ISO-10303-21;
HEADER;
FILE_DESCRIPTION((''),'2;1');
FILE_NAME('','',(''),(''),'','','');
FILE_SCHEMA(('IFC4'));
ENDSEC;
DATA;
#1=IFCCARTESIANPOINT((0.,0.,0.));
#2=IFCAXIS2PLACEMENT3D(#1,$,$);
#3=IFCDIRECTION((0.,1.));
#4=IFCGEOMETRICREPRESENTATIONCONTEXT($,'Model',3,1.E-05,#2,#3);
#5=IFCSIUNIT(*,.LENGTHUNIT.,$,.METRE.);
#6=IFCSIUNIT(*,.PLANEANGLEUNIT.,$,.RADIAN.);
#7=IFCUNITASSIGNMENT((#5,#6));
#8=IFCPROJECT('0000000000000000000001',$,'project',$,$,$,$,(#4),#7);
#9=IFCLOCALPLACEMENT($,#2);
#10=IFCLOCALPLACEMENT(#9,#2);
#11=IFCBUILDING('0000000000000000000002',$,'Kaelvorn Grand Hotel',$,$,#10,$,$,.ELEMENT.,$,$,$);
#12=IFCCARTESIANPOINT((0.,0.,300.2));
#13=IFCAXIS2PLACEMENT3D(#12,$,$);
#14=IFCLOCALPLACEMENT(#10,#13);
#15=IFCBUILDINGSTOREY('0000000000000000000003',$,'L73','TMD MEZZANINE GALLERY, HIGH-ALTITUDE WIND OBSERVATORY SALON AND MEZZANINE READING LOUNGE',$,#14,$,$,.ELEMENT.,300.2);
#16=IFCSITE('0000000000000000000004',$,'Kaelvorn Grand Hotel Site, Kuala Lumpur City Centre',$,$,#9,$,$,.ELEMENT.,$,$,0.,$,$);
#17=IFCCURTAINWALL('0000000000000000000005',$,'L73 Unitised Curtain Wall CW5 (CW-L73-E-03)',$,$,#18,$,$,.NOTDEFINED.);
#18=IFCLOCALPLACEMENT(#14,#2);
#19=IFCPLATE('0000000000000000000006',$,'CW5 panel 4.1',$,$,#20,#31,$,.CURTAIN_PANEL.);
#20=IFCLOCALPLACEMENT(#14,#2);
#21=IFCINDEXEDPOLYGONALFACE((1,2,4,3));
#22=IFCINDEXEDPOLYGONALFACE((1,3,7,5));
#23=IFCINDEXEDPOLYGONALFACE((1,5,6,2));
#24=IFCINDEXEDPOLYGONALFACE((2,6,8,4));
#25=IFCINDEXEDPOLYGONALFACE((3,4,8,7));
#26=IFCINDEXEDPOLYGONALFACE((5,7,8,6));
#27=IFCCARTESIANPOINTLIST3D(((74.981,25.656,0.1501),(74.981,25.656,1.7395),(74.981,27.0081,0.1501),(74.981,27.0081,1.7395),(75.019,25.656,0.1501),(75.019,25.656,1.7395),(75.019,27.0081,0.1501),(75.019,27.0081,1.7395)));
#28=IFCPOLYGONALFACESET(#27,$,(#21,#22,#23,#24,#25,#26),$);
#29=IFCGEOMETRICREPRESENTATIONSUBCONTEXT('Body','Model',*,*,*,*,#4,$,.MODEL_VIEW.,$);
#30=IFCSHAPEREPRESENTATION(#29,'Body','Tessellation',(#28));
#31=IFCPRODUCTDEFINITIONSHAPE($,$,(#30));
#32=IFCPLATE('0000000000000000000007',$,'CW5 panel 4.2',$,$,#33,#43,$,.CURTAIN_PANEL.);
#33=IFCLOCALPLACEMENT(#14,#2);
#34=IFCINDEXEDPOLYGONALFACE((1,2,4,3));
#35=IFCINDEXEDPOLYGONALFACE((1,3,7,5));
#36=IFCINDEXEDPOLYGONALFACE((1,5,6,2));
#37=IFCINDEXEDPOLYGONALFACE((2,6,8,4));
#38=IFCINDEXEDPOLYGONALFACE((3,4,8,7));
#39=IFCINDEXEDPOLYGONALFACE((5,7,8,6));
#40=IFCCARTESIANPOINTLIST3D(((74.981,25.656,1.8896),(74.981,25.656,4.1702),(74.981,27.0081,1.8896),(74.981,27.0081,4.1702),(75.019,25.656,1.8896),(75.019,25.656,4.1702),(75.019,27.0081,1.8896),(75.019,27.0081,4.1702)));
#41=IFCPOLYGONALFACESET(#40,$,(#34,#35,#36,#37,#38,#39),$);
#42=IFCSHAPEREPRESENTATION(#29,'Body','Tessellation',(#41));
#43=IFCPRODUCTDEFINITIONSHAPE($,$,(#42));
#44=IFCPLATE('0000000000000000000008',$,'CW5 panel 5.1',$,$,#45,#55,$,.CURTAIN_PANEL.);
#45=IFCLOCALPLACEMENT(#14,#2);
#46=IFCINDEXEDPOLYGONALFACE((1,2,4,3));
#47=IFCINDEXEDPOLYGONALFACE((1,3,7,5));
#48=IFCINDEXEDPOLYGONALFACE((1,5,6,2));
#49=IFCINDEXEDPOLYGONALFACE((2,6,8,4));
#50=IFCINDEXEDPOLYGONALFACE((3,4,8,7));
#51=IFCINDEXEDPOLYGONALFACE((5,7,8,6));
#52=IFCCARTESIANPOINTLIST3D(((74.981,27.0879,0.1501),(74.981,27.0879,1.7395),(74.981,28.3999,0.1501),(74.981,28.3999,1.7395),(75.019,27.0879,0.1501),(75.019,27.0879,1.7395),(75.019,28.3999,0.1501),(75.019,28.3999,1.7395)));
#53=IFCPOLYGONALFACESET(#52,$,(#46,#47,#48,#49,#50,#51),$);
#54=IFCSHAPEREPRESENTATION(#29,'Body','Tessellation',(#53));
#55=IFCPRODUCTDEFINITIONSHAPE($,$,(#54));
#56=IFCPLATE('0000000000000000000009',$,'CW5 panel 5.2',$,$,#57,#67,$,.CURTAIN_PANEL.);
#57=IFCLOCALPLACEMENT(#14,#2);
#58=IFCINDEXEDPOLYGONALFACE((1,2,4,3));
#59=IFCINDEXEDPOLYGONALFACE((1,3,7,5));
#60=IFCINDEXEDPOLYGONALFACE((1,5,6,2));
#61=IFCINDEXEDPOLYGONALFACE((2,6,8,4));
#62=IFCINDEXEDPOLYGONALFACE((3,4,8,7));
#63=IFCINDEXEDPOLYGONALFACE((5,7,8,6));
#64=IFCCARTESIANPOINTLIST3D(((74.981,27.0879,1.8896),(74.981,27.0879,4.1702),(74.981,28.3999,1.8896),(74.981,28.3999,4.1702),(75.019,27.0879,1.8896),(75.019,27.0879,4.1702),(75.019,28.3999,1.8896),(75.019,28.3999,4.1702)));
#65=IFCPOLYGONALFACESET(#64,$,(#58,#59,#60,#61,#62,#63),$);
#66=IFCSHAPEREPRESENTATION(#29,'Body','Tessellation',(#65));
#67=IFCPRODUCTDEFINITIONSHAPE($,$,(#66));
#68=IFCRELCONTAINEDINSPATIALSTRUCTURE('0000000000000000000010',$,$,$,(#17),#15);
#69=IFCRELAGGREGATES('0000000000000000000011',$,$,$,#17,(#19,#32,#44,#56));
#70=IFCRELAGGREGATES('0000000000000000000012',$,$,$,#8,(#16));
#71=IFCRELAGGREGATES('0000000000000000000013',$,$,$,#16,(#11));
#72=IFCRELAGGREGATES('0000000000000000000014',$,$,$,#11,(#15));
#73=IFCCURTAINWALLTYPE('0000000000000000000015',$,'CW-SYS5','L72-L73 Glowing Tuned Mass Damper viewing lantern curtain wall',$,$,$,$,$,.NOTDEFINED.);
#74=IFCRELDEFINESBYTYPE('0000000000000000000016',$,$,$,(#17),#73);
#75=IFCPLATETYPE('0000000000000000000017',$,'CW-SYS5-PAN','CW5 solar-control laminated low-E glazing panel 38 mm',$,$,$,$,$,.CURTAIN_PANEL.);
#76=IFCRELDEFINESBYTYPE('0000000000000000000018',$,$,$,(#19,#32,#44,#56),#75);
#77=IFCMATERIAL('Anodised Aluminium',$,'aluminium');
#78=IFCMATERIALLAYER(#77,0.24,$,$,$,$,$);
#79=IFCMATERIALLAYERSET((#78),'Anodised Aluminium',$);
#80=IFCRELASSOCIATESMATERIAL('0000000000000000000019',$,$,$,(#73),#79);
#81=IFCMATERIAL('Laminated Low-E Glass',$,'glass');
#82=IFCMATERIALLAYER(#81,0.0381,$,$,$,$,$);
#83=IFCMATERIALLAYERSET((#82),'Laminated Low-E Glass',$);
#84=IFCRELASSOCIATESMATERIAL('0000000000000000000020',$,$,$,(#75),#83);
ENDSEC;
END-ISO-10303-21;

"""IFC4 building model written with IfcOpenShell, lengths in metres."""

from ifc_helpers import new_model, si_unit, direction, frame, origin, origin_2d, place, context, subcontext, project, spatial, rectangle, extrude, material, layer, layer_set, type_object, element, aggregate, save


model = new_model("IFC4")

# Units and contexts
model_context = context("Model", 3, precision=1e-05, world=origin(), true_north=direction((0.0, 1.0)))
body_context = subcontext(model_context, "Body", "Model", "MODEL_VIEW")
ifc_project = project(units=[si_unit("LENGTHUNIT", "METRE"), si_unit("PLANEANGLEUNIT", "RADIAN")], contexts=[model_context])

# Site, building, storey
site_placement = place(None, origin())
site = spatial("IfcSite", under=ifc_project, at=site_placement, Name="Kaelvorn Grand Hotel Site, Kuala Lumpur City Centre", CompositionType="ELEMENT", RefElevation=0.0)
building_placement = place(site_placement, origin())
building = spatial("IfcBuilding", under=site, at=building_placement, Name="Kaelvorn Grand Hotel", CompositionType="ELEMENT")
storey_placement = place(building_placement, frame((0.0, 0.0, 300.2)))
storey = spatial("IfcBuildingStorey", under=building, at=storey_placement, Name="L73", Description="TMD MEZZANINE GALLERY, HIGH-ALTITUDE WIND OBSERVATORY SALON AND MEZZANINE READING LOUNGE", CompositionType="ELEMENT", Elevation=300.2)

# Curtain wall, plates
ifc_material_1 = material(Name="Anodised Aluminium", Category="aluminium")
ifc_layer_1 = layer(ifc_material_1, 0.24)
ifc_layer_set_1 = layer_set([ifc_layer_1], Name="Anodised Aluminium")
curtain_wall_type = type_object("IfcCurtainWallType", Name="CW-SYS5", Description="L72-L73 Glowing Tuned Mass Damper viewing lantern curtain wall", PredefinedType="NOTDEFINED", material=ifc_layer_set_1)
curtain_wall_placement = place(storey_placement, origin())
curtain_wall = element("IfcCurtainWall", 1, at=curtain_wall_placement, inside=storey, type_object=curtain_wall_type, Name="L73 Unitised Curtain Wall CW5 (CW-L73-E-03)", PredefinedType="NOTDEFINED")
ifc_material_2 = material(Name="Laminated Low-E Glass", Category="glass")
ifc_layer_2 = layer(ifc_material_2, 0.0381)
ifc_layer_set_2 = layer_set([ifc_layer_2], Name="Laminated Low-E Glass")
plate_type = type_object("IfcPlateType", Name="CW-SYS5-PAN", Description="CW5 solar-control laminated low-E glazing panel 38 mm", PredefinedType="CURTAIN_PANEL", material=ifc_layer_set_2)
plate_1_placement = place(storey_placement, frame((75.0, 26.332, 0.1501), z_axis=(0.0, 0.0, 1.0), x_axis=(0.0, 1.0, 0.0)))
plate_1 = element("IfcPlate", 2, at=plate_1_placement, type_object=plate_type, Name="CW5 panel 4.1", PredefinedType="CURTAIN_PANEL", context=body_context, shape_type="SweptSolid", body=[
    extrude(rectangle(XDim=1.3521, YDim=0.0381, at=origin_2d()), origin(), (0.0, 0.0, 1.0), 1.5894),
])
plate_2_placement = place(storey_placement, frame((75.0, 26.332, 1.8896), z_axis=(0.0, 0.0, 1.0), x_axis=(0.0, 1.0, 0.0)))
plate_2 = element("IfcPlate", 3, at=plate_2_placement, type_object=plate_type, Name="CW5 panel 4.2", PredefinedType="CURTAIN_PANEL", context=body_context, shape_type="SweptSolid", body=[
    extrude(rectangle(XDim=1.3521, YDim=0.0381, at=origin_2d()), origin(), (0.0, 0.0, 1.0), 2.2805),
])
plate_3_placement = place(storey_placement, frame((75.0, 27.7439, 0.1501), z_axis=(0.0, 0.0, 1.0), x_axis=(0.0, 1.0, 0.0)))
plate_3 = element("IfcPlate", 4, at=plate_3_placement, type_object=plate_type, Name="CW5 panel 5.1", PredefinedType="CURTAIN_PANEL", context=body_context, shape_type="SweptSolid", body=[
    extrude(rectangle(XDim=1.312, YDim=0.0381, at=origin_2d()), origin(), (0.0, 0.0, 1.0), 1.5894),
])
plate_4_placement = place(storey_placement, frame((75.0, 27.7439, 1.8896), z_axis=(0.0, 0.0, 1.0), x_axis=(0.0, 1.0, 0.0)))
plate_4 = element("IfcPlate", 5, at=plate_4_placement, type_object=plate_type, Name="CW5 panel 5.2", PredefinedType="CURTAIN_PANEL", context=body_context, shape_type="SweptSolid", body=[
    extrude(rectangle(XDim=1.312, YDim=0.0381, at=origin_2d()), origin(), (0.0, 0.0, 1.0), 2.2805),
])
aggregate(curtain_wall, [plate_1, plate_2, plate_3, plate_4])

save(model, "model.ifc")
